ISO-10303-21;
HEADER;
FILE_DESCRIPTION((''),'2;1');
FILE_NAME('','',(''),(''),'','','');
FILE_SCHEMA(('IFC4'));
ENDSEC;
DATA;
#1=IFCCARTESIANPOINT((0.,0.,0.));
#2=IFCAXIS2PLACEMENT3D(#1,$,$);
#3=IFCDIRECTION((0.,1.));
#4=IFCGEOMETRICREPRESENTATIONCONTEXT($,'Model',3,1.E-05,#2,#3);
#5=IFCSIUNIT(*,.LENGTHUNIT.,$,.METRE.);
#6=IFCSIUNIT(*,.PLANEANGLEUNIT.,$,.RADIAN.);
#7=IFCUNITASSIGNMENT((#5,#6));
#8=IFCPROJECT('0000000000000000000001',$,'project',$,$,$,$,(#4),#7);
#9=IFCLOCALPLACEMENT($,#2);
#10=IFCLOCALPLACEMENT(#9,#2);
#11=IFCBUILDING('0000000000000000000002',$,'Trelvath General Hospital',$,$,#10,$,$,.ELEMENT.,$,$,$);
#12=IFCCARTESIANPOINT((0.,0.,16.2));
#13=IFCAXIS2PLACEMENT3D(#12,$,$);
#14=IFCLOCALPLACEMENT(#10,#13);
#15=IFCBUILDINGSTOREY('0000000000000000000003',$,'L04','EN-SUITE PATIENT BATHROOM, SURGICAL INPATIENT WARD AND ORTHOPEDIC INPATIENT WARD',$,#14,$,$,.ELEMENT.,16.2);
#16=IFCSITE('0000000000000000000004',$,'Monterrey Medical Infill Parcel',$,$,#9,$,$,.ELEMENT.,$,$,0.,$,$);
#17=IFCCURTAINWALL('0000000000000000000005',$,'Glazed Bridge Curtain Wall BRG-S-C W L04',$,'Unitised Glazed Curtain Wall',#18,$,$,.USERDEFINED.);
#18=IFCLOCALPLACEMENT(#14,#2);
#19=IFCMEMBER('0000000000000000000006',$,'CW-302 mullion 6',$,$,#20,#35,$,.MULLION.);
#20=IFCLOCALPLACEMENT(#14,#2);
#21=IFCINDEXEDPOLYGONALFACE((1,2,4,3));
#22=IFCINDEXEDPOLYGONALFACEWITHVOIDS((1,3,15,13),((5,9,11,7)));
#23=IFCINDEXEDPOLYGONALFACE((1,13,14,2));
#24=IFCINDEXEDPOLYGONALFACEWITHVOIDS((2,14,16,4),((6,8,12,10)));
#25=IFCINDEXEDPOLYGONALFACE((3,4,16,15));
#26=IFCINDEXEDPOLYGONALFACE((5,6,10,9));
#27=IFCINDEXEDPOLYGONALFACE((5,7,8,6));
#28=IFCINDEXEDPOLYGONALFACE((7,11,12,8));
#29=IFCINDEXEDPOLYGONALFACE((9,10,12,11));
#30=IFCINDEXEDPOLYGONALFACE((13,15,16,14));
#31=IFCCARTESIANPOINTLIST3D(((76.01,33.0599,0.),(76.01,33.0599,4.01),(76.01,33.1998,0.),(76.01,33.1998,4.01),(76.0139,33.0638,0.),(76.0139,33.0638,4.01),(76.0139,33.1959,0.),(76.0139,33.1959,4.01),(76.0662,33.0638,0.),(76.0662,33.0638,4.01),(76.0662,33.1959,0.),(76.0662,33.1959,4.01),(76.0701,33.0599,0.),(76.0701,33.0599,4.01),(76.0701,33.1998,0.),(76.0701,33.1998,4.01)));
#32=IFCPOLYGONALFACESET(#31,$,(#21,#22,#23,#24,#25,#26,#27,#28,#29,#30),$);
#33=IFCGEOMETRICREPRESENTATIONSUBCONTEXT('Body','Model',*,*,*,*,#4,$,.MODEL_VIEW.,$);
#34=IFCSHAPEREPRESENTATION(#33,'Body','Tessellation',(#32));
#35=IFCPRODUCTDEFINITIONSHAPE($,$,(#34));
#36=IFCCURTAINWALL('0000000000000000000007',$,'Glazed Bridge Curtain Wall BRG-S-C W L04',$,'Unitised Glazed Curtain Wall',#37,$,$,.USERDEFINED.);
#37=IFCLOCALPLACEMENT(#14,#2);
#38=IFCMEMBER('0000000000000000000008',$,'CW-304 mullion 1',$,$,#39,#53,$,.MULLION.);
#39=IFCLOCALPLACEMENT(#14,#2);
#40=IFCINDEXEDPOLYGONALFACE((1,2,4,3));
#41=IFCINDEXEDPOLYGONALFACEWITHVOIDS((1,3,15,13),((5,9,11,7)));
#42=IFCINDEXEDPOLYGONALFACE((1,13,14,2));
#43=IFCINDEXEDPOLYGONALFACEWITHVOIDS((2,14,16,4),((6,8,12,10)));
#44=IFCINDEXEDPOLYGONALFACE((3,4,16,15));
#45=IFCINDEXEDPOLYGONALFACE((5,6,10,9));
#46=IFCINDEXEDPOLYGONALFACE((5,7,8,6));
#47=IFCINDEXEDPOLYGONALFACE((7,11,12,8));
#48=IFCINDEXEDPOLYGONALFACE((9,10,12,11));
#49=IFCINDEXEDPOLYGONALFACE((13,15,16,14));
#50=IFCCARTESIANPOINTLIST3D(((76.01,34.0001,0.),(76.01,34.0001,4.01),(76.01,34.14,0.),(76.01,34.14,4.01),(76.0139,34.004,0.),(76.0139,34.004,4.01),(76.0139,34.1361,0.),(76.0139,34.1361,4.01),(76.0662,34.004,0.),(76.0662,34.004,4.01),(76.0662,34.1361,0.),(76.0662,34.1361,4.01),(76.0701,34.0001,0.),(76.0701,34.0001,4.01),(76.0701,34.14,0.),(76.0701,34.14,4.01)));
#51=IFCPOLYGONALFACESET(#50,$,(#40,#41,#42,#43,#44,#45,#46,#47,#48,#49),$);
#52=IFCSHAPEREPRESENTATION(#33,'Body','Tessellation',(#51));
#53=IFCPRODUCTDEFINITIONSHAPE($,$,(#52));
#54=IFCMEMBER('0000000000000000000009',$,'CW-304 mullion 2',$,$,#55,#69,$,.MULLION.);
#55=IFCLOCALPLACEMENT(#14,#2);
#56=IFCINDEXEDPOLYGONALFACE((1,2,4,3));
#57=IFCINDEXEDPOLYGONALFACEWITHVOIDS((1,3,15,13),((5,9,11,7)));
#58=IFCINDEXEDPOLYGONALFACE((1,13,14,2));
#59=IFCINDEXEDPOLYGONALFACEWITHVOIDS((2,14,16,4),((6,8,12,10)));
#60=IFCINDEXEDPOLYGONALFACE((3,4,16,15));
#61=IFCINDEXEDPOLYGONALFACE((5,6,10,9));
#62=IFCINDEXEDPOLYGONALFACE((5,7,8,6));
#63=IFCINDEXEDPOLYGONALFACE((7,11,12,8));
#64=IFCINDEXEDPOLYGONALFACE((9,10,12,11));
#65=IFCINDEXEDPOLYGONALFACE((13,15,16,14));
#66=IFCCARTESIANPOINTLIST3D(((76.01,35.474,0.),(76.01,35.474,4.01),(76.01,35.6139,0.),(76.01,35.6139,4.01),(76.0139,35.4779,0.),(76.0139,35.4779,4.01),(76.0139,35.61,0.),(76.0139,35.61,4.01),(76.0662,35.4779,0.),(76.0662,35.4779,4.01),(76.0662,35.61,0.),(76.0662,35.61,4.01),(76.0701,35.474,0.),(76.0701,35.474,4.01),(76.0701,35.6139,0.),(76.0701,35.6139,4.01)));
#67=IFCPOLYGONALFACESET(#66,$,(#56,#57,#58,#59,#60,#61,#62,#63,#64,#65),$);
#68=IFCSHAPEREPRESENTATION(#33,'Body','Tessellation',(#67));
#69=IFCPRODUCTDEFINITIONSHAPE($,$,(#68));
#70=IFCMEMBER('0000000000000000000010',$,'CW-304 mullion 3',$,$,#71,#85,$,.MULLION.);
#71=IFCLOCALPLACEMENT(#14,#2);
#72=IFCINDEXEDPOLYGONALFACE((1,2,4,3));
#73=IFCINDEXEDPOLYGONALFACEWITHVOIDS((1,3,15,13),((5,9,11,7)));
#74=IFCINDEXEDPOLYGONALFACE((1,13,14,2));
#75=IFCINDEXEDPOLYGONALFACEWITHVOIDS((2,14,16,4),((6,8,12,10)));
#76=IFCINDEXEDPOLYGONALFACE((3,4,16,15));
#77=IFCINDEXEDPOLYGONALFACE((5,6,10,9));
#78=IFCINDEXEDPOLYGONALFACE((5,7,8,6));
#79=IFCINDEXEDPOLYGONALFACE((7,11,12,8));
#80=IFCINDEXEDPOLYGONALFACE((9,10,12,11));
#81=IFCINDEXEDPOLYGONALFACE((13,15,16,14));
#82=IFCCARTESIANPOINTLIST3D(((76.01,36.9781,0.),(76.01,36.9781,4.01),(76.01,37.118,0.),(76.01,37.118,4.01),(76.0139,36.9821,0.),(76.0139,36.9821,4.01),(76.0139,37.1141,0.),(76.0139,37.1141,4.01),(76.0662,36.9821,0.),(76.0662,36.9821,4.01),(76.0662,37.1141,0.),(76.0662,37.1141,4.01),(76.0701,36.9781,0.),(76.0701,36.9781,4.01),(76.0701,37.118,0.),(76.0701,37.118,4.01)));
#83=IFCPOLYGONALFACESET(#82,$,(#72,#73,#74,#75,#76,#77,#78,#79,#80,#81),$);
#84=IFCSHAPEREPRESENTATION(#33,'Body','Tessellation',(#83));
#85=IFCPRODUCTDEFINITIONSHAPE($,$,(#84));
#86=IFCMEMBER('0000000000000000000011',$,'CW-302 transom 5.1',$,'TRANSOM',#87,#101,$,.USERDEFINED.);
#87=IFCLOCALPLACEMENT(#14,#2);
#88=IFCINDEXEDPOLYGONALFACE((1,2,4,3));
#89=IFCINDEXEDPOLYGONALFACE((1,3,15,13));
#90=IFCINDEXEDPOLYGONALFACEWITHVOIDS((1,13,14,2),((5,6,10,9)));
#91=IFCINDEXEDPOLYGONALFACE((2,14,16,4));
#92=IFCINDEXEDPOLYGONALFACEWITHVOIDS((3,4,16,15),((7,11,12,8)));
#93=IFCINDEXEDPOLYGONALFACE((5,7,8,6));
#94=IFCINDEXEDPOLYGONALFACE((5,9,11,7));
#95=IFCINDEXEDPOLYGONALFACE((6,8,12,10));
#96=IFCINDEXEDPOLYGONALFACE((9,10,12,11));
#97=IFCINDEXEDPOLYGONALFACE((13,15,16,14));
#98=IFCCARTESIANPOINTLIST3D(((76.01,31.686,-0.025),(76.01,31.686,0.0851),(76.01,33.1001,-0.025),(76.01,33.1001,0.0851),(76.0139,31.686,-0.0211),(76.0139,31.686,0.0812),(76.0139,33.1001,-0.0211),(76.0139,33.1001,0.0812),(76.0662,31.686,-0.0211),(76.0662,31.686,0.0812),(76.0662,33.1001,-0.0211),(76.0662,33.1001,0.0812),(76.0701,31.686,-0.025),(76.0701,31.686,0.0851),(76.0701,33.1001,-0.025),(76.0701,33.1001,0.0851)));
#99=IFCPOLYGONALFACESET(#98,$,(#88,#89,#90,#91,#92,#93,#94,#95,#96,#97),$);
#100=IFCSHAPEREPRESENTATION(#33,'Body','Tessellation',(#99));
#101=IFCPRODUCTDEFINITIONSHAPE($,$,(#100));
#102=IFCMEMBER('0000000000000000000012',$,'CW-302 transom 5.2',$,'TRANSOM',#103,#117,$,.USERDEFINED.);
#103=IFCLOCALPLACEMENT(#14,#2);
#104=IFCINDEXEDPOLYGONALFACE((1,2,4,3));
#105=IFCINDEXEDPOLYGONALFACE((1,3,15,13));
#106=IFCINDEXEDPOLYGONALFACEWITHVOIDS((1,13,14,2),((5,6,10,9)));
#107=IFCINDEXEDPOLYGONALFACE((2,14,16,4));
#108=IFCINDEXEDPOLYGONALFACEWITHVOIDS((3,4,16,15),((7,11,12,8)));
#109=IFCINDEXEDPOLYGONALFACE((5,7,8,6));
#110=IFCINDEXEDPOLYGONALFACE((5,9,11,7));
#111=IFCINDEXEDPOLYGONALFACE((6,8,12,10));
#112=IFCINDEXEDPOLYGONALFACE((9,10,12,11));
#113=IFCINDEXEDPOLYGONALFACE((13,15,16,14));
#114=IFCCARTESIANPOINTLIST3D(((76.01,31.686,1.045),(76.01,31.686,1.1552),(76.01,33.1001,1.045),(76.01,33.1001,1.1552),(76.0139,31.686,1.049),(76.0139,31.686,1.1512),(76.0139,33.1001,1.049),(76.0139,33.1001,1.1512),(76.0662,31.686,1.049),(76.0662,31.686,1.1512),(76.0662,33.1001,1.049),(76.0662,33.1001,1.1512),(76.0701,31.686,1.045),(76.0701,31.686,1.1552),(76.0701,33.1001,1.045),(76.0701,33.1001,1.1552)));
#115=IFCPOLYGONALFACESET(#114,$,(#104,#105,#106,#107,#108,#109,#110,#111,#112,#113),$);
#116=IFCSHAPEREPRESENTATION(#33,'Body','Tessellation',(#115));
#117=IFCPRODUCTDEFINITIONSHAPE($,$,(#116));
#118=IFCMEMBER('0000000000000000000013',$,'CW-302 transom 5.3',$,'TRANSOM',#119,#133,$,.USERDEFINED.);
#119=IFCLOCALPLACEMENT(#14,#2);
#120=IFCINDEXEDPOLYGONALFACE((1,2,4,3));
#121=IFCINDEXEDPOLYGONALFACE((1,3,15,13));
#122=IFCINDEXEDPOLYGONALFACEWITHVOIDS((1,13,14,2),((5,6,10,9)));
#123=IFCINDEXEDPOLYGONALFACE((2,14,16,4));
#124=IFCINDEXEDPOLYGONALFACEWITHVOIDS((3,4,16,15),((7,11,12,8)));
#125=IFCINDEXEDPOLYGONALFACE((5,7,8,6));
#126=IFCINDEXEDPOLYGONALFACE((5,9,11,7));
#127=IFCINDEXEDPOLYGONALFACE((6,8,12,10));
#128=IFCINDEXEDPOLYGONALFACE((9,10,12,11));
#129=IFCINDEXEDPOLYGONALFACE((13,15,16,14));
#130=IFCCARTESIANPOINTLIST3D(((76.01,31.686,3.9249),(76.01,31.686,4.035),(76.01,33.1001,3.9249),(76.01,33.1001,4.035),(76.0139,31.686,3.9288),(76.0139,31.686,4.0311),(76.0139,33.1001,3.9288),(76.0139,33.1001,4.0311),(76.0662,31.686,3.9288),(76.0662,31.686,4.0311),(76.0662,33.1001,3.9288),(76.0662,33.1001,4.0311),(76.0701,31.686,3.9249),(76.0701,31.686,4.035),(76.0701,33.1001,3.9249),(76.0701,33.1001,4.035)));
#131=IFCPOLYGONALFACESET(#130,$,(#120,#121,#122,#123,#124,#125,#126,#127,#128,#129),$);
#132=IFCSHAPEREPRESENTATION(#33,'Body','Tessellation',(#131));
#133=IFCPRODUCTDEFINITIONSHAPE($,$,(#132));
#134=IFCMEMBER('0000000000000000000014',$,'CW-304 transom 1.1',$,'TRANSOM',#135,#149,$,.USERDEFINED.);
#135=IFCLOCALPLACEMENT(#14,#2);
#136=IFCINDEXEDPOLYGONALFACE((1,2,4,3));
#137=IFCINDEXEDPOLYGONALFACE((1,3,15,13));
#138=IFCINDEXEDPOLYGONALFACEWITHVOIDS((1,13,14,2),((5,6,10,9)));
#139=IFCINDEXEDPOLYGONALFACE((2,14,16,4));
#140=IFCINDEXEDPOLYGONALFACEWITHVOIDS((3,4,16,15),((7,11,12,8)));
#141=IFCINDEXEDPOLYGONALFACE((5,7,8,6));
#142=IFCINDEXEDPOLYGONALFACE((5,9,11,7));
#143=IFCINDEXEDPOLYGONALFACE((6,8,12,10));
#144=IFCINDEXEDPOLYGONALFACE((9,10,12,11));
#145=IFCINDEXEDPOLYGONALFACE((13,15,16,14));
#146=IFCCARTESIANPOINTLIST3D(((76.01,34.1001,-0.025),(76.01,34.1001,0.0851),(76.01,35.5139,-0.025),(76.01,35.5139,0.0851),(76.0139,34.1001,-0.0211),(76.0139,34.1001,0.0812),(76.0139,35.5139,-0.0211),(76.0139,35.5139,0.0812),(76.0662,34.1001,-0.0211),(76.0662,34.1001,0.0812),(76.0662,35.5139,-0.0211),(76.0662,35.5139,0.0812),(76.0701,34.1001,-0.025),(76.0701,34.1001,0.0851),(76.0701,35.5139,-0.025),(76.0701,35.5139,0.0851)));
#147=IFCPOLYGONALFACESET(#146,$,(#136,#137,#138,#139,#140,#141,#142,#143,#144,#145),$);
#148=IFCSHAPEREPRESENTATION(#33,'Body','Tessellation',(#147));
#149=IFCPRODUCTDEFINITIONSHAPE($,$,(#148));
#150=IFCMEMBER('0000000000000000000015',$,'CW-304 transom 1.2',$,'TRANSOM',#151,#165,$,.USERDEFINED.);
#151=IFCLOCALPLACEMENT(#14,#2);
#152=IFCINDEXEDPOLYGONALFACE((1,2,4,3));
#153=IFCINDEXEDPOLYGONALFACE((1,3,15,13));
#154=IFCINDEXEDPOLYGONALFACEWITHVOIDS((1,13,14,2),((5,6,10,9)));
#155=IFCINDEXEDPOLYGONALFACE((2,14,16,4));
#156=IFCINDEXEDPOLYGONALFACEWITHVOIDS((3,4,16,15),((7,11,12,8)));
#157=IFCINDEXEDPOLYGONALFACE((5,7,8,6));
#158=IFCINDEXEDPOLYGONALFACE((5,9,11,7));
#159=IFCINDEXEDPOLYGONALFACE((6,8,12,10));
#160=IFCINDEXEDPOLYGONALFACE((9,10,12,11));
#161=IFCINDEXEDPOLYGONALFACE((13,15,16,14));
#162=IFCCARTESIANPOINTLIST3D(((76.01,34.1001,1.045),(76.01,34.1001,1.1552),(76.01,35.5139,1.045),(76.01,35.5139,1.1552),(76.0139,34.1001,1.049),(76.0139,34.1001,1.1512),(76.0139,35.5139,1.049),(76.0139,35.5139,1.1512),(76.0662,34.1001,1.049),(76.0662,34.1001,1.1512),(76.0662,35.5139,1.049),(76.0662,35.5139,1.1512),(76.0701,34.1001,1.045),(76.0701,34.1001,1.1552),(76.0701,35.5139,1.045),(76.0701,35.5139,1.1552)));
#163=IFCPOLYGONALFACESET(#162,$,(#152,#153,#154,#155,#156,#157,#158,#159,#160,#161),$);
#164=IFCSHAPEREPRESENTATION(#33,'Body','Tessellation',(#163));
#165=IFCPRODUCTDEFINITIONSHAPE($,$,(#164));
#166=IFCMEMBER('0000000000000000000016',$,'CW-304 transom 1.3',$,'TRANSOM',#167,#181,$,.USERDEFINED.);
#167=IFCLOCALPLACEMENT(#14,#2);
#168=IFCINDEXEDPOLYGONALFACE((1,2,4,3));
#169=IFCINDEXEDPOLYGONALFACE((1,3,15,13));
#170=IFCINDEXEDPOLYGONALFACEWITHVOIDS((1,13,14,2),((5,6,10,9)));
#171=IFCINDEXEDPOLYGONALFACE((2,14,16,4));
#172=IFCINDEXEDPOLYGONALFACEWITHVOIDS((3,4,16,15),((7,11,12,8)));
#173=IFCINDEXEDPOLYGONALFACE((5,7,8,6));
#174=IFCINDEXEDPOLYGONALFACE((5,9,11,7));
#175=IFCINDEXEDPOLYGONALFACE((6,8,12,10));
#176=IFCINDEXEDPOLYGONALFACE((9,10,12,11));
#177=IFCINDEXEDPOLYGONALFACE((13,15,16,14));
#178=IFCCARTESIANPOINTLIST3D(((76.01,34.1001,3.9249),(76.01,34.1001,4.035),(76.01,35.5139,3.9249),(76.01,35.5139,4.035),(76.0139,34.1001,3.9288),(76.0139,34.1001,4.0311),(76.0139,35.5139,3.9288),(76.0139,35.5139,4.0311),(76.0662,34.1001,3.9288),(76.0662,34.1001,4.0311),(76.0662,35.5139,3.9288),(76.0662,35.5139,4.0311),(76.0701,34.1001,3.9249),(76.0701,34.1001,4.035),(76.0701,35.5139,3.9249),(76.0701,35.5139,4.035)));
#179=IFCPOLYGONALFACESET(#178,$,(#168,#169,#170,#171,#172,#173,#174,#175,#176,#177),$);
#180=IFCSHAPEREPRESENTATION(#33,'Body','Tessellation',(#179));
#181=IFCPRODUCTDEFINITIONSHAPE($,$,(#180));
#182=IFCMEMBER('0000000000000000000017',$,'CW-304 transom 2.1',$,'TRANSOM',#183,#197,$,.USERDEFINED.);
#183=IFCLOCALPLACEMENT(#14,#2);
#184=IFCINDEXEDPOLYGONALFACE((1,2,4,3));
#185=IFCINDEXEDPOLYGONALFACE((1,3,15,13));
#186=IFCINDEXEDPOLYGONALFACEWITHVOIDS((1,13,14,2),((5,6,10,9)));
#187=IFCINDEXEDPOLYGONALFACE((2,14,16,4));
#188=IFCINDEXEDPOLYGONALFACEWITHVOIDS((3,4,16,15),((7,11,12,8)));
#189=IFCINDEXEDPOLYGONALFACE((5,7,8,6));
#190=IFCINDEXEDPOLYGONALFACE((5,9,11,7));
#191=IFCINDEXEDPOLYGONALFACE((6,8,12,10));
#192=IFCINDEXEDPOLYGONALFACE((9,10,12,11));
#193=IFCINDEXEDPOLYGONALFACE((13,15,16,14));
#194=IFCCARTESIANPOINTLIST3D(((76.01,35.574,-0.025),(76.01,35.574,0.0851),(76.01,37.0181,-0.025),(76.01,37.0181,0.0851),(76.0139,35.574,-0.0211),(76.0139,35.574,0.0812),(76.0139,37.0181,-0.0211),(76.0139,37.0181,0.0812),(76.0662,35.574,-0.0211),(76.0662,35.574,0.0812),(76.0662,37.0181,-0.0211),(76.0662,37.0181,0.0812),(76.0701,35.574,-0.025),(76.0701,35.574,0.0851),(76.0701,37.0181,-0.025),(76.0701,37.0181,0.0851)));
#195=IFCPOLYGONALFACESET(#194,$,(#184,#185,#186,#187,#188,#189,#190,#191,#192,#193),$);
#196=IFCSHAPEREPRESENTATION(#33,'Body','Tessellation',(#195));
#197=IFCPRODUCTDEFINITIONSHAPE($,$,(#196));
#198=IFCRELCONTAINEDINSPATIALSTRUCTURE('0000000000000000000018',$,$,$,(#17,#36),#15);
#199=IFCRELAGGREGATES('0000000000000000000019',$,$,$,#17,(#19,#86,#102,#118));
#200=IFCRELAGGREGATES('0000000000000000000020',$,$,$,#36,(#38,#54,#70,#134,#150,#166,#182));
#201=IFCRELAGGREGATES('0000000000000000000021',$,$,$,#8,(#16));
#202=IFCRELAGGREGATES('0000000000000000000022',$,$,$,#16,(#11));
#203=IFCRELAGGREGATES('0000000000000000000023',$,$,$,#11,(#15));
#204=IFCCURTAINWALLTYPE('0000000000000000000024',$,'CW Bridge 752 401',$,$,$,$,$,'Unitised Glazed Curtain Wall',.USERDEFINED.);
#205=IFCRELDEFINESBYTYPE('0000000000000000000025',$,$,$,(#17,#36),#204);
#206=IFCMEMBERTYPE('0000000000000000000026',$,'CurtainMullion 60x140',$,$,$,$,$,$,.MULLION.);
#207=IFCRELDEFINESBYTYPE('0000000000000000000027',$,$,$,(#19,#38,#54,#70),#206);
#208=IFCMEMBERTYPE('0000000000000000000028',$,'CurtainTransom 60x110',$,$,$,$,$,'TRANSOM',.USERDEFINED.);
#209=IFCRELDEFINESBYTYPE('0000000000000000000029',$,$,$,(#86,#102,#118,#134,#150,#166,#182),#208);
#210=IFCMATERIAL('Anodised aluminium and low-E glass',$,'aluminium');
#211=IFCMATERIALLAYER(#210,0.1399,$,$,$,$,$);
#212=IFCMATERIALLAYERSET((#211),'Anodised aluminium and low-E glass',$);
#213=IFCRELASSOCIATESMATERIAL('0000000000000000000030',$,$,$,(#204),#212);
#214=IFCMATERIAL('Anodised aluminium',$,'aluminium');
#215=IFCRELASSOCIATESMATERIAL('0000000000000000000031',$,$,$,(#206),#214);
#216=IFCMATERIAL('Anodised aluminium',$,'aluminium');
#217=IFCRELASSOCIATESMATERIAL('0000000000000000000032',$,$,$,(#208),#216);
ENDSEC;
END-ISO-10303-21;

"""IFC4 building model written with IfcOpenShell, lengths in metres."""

from ifc_helpers import new_model, si_unit, direction, frame, origin, origin_2d, place, context, subcontext, project, spatial, hollow_rectangle, extrude, material, layer, layer_set, material_profile, profile_set, type_object, element, aggregate, save


model = new_model("IFC4")

# Units and contexts
model_context = context("Model", 3, precision=1e-05, world=origin(), true_north=direction((0.0, 1.0)))
body_context = subcontext(model_context, "Body", "Model", "MODEL_VIEW")
ifc_project = project(units=[si_unit("LENGTHUNIT", "METRE"), si_unit("PLANEANGLEUNIT", "RADIAN")], contexts=[model_context])

# Site, building, storey
site_placement = place(None, origin())
site = spatial("IfcSite", under=ifc_project, at=site_placement, Name="Monterrey Medical Infill Parcel", CompositionType="ELEMENT", RefElevation=0.0)
building_placement = place(site_placement, origin())
building = spatial("IfcBuilding", under=site, at=building_placement, Name="Trelvath General Hospital", CompositionType="ELEMENT")
storey_placement = place(building_placement, frame((0.0, 0.0, 16.2)))
storey = spatial("IfcBuildingStorey", under=building, at=storey_placement, Name="L04", Description="EN-SUITE PATIENT BATHROOM, SURGICAL INPATIENT WARD AND ORTHOPEDIC INPATIENT WARD", CompositionType="ELEMENT", Elevation=16.2)

# Curtain wall, member
ifc_material_1 = material(Name="Anodised aluminium and low-E glass", Category="aluminium")
ifc_layer_1 = layer(ifc_material_1, 0.1399)
ifc_layer_set_1 = layer_set([ifc_layer_1], Name="Anodised aluminium and low-E glass")
curtain_wall_type = type_object("IfcCurtainWallType", Name="CW Bridge 752 401", ElementType="Unitised Glazed Curtain Wall", PredefinedType="USERDEFINED", material=ifc_layer_set_1)
curtain_wall_1_placement = place(storey_placement, origin())
curtain_wall_1 = element("IfcCurtainWall", 1, at=curtain_wall_1_placement, inside=storey, type_object=curtain_wall_type, Name="Glazed Bridge Curtain Wall BRG-S-C W L04", ObjectType="Unitised Glazed Curtain Wall", PredefinedType="USERDEFINED")
ifc_material_2 = material(Name="Anodised aluminium", Category="aluminium")
ifc_material_profile_1 = material_profile(ifc_material_2, hollow_rectangle(XDim=0.0601, YDim=0.1399, WallThickness=0.0039, at=origin_2d()), Name="RHS60x140x4")
ifc_profile_set_1 = profile_set([ifc_material_profile_1], Name="Anodised aluminium")
member_type_1 = type_object("IfcMemberType", Name="CurtainMullion 60x140", PredefinedType="MULLION", material=ifc_profile_set_1)
member_1_placement = place(storey_placement, frame((76.04, 33.1299, 0.0), z_axis=(0.0, 0.0, 1.0), x_axis=(-1.0, 0.0, 0.0)))
member_1 = element("IfcMember", 2, at=member_1_placement, type_object=member_type_1, Name="CW-302 mullion 6", PredefinedType="MULLION", context=body_context, shape_type="SweptSolid", body=[
    extrude(hollow_rectangle(XDim=0.0601, YDim=0.1399, WallThickness=0.0039, at=origin_2d()), origin(), (0.0, 0.0, 1.0), 4.01),
])

# Curtain wall, members
curtain_wall_2_placement = place(storey_placement, origin())
curtain_wall_2 = element("IfcCurtainWall", 3, at=curtain_wall_2_placement, inside=storey, type_object=curtain_wall_type, Name="Glazed Bridge Curtain Wall BRG-S-C W L04", ObjectType="Unitised Glazed Curtain Wall", PredefinedType="USERDEFINED")
member_2_placement = place(storey_placement, frame((76.04, 34.0701, 0.0), z_axis=(0.0, 0.0, 1.0), x_axis=(-1.0, 0.0, 0.0)))
member_2 = element("IfcMember", 4, at=member_2_placement, type_object=member_type_1, Name="CW-304 mullion 1", PredefinedType="MULLION", context=body_context, shape_type="SweptSolid", body=[
    extrude(hollow_rectangle(XDim=0.0601, YDim=0.1399, WallThickness=0.0039, at=origin_2d()), origin(), (0.0, 0.0, 1.0), 4.01),
])
member_3_placement = place(storey_placement, frame((76.04, 35.5439, 0.0), z_axis=(0.0, 0.0, 1.0), x_axis=(-1.0, 0.0, 0.0)))
member_3 = element("IfcMember", 5, at=member_3_placement, type_object=member_type_1, Name="CW-304 mullion 2", PredefinedType="MULLION", context=body_context, shape_type="SweptSolid", body=[
    extrude(hollow_rectangle(XDim=0.0601, YDim=0.1399, WallThickness=0.0039, at=origin_2d()), origin(), (0.0, 0.0, 1.0), 4.01),
])
member_4_placement = place(storey_placement, frame((76.04, 37.0481, 0.0), z_axis=(0.0, 0.0, 1.0), x_axis=(-1.0, 0.0, 0.0)))
member_4 = element("IfcMember", 6, at=member_4_placement, type_object=member_type_1, Name="CW-304 mullion 3", PredefinedType="MULLION", context=body_context, shape_type="SweptSolid", body=[
    extrude(hollow_rectangle(XDim=0.0601, YDim=0.1399, WallThickness=0.0039, at=origin_2d()), origin(), (0.0, 0.0, 1.0), 4.01),
])

# Members
ifc_material_3 = material(Name="Anodised aluminium", Category="aluminium")
ifc_material_profile_2 = material_profile(ifc_material_3, hollow_rectangle(XDim=0.0601, YDim=0.1101, WallThickness=0.0039, at=origin_2d()), Name="RHS60x110x4")
ifc_profile_set_2 = profile_set([ifc_material_profile_2], Name="Anodised aluminium")
member_type_2 = type_object("IfcMemberType", Name="CurtainTransom 60x110", ElementType="TRANSOM", PredefinedType="USERDEFINED", material=ifc_profile_set_2)
member_5_placement = place(storey_placement, frame((76.04, 31.686, 0.03), z_axis=(0.0, 1.0, 0.0), x_axis=(-1.0, 0.0, 0.0)))
member_5 = element("IfcMember", 7, at=member_5_placement, type_object=member_type_2, Name="CW-302 transom 5.1", ObjectType="TRANSOM", PredefinedType="USERDEFINED", context=body_context, shape_type="SweptSolid", body=[
    extrude(hollow_rectangle(XDim=0.0601, YDim=0.1101, WallThickness=0.0039, at=origin_2d()), origin(), (0.0, 0.0, 1.0), 1.4141),
])
member_6_placement = place(storey_placement, frame((76.04, 31.686, 1.1001), z_axis=(0.0, 1.0, 0.0), x_axis=(-1.0, 0.0, 0.0)))
member_6 = element("IfcMember", 8, at=member_6_placement, type_object=member_type_2, Name="CW-302 transom 5.2", ObjectType="TRANSOM", PredefinedType="USERDEFINED", context=body_context, shape_type="SweptSolid", body=[
    extrude(hollow_rectangle(XDim=0.0601, YDim=0.1101, WallThickness=0.0039, at=origin_2d()), origin(), (0.0, 0.0, 1.0), 1.4141),
])
member_7_placement = place(storey_placement, frame((76.04, 31.686, 3.98), z_axis=(0.0, 1.0, 0.0), x_axis=(-1.0, 0.0, 0.0)))
member_7 = element("IfcMember", 9, at=member_7_placement, type_object=member_type_2, Name="CW-302 transom 5.3", ObjectType="TRANSOM", PredefinedType="USERDEFINED", context=body_context, shape_type="SweptSolid", body=[
    extrude(hollow_rectangle(XDim=0.0601, YDim=0.1101, WallThickness=0.0039, at=origin_2d()), origin(), (0.0, 0.0, 1.0), 1.4141),
])
member_8_placement = place(storey_placement, frame((76.04, 34.1001, 0.03), z_axis=(0.0, 1.0, 0.0), x_axis=(-1.0, 0.0, 0.0)))
member_8 = element("IfcMember", 10, at=member_8_placement, type_object=member_type_2, Name="CW-304 transom 1.1", ObjectType="TRANSOM", PredefinedType="USERDEFINED", context=body_context, shape_type="SweptSolid", body=[
    extrude(hollow_rectangle(XDim=0.0601, YDim=0.1101, WallThickness=0.0039, at=origin_2d()), origin(), (0.0, 0.0, 1.0), 1.4138),
])
member_9_placement = place(storey_placement, frame((76.04, 34.1001, 1.1001), z_axis=(0.0, 1.0, 0.0), x_axis=(-1.0, 0.0, 0.0)))
member_9 = element("IfcMember", 11, at=member_9_placement, type_object=member_type_2, Name="CW-304 transom 1.2", ObjectType="TRANSOM", PredefinedType="USERDEFINED", context=body_context, shape_type="SweptSolid", body=[
    extrude(hollow_rectangle(XDim=0.0601, YDim=0.1101, WallThickness=0.0039, at=origin_2d()), origin(), (0.0, 0.0, 1.0), 1.4138),
])
member_10_placement = place(storey_placement, frame((76.04, 34.1001, 3.98), z_axis=(0.0, 1.0, 0.0), x_axis=(-1.0, 0.0, 0.0)))
member_10 = element("IfcMember", 12, at=member_10_placement, type_object=member_type_2, Name="CW-304 transom 1.3", ObjectType="TRANSOM", PredefinedType="USERDEFINED", context=body_context, shape_type="SweptSolid", body=[
    extrude(hollow_rectangle(XDim=0.0601, YDim=0.1101, WallThickness=0.0039, at=origin_2d()), origin(), (0.0, 0.0, 1.0), 1.4138),
])
member_11_placement = place(storey_placement, frame((76.04, 35.574, 0.03), z_axis=(0.0, 1.0, 0.0), x_axis=(-1.0, 0.0, 0.0)))
member_11 = element("IfcMember", 13, at=member_11_placement, type_object=member_type_2, Name="CW-304 transom 2.1", ObjectType="TRANSOM", PredefinedType="USERDEFINED", context=body_context, shape_type="SweptSolid", body=[
    extrude(hollow_rectangle(XDim=0.0601, YDim=0.1101, WallThickness=0.0039, at=origin_2d()), origin(), (0.0, 0.0, 1.0), 1.4441),
])

aggregate(curtain_wall_1, [member_1, member_5, member_6, member_7])
aggregate(curtain_wall_2, [member_2, member_3, member_4, member_8, member_9, member_10, member_11])

save(model, "model.ifc")
